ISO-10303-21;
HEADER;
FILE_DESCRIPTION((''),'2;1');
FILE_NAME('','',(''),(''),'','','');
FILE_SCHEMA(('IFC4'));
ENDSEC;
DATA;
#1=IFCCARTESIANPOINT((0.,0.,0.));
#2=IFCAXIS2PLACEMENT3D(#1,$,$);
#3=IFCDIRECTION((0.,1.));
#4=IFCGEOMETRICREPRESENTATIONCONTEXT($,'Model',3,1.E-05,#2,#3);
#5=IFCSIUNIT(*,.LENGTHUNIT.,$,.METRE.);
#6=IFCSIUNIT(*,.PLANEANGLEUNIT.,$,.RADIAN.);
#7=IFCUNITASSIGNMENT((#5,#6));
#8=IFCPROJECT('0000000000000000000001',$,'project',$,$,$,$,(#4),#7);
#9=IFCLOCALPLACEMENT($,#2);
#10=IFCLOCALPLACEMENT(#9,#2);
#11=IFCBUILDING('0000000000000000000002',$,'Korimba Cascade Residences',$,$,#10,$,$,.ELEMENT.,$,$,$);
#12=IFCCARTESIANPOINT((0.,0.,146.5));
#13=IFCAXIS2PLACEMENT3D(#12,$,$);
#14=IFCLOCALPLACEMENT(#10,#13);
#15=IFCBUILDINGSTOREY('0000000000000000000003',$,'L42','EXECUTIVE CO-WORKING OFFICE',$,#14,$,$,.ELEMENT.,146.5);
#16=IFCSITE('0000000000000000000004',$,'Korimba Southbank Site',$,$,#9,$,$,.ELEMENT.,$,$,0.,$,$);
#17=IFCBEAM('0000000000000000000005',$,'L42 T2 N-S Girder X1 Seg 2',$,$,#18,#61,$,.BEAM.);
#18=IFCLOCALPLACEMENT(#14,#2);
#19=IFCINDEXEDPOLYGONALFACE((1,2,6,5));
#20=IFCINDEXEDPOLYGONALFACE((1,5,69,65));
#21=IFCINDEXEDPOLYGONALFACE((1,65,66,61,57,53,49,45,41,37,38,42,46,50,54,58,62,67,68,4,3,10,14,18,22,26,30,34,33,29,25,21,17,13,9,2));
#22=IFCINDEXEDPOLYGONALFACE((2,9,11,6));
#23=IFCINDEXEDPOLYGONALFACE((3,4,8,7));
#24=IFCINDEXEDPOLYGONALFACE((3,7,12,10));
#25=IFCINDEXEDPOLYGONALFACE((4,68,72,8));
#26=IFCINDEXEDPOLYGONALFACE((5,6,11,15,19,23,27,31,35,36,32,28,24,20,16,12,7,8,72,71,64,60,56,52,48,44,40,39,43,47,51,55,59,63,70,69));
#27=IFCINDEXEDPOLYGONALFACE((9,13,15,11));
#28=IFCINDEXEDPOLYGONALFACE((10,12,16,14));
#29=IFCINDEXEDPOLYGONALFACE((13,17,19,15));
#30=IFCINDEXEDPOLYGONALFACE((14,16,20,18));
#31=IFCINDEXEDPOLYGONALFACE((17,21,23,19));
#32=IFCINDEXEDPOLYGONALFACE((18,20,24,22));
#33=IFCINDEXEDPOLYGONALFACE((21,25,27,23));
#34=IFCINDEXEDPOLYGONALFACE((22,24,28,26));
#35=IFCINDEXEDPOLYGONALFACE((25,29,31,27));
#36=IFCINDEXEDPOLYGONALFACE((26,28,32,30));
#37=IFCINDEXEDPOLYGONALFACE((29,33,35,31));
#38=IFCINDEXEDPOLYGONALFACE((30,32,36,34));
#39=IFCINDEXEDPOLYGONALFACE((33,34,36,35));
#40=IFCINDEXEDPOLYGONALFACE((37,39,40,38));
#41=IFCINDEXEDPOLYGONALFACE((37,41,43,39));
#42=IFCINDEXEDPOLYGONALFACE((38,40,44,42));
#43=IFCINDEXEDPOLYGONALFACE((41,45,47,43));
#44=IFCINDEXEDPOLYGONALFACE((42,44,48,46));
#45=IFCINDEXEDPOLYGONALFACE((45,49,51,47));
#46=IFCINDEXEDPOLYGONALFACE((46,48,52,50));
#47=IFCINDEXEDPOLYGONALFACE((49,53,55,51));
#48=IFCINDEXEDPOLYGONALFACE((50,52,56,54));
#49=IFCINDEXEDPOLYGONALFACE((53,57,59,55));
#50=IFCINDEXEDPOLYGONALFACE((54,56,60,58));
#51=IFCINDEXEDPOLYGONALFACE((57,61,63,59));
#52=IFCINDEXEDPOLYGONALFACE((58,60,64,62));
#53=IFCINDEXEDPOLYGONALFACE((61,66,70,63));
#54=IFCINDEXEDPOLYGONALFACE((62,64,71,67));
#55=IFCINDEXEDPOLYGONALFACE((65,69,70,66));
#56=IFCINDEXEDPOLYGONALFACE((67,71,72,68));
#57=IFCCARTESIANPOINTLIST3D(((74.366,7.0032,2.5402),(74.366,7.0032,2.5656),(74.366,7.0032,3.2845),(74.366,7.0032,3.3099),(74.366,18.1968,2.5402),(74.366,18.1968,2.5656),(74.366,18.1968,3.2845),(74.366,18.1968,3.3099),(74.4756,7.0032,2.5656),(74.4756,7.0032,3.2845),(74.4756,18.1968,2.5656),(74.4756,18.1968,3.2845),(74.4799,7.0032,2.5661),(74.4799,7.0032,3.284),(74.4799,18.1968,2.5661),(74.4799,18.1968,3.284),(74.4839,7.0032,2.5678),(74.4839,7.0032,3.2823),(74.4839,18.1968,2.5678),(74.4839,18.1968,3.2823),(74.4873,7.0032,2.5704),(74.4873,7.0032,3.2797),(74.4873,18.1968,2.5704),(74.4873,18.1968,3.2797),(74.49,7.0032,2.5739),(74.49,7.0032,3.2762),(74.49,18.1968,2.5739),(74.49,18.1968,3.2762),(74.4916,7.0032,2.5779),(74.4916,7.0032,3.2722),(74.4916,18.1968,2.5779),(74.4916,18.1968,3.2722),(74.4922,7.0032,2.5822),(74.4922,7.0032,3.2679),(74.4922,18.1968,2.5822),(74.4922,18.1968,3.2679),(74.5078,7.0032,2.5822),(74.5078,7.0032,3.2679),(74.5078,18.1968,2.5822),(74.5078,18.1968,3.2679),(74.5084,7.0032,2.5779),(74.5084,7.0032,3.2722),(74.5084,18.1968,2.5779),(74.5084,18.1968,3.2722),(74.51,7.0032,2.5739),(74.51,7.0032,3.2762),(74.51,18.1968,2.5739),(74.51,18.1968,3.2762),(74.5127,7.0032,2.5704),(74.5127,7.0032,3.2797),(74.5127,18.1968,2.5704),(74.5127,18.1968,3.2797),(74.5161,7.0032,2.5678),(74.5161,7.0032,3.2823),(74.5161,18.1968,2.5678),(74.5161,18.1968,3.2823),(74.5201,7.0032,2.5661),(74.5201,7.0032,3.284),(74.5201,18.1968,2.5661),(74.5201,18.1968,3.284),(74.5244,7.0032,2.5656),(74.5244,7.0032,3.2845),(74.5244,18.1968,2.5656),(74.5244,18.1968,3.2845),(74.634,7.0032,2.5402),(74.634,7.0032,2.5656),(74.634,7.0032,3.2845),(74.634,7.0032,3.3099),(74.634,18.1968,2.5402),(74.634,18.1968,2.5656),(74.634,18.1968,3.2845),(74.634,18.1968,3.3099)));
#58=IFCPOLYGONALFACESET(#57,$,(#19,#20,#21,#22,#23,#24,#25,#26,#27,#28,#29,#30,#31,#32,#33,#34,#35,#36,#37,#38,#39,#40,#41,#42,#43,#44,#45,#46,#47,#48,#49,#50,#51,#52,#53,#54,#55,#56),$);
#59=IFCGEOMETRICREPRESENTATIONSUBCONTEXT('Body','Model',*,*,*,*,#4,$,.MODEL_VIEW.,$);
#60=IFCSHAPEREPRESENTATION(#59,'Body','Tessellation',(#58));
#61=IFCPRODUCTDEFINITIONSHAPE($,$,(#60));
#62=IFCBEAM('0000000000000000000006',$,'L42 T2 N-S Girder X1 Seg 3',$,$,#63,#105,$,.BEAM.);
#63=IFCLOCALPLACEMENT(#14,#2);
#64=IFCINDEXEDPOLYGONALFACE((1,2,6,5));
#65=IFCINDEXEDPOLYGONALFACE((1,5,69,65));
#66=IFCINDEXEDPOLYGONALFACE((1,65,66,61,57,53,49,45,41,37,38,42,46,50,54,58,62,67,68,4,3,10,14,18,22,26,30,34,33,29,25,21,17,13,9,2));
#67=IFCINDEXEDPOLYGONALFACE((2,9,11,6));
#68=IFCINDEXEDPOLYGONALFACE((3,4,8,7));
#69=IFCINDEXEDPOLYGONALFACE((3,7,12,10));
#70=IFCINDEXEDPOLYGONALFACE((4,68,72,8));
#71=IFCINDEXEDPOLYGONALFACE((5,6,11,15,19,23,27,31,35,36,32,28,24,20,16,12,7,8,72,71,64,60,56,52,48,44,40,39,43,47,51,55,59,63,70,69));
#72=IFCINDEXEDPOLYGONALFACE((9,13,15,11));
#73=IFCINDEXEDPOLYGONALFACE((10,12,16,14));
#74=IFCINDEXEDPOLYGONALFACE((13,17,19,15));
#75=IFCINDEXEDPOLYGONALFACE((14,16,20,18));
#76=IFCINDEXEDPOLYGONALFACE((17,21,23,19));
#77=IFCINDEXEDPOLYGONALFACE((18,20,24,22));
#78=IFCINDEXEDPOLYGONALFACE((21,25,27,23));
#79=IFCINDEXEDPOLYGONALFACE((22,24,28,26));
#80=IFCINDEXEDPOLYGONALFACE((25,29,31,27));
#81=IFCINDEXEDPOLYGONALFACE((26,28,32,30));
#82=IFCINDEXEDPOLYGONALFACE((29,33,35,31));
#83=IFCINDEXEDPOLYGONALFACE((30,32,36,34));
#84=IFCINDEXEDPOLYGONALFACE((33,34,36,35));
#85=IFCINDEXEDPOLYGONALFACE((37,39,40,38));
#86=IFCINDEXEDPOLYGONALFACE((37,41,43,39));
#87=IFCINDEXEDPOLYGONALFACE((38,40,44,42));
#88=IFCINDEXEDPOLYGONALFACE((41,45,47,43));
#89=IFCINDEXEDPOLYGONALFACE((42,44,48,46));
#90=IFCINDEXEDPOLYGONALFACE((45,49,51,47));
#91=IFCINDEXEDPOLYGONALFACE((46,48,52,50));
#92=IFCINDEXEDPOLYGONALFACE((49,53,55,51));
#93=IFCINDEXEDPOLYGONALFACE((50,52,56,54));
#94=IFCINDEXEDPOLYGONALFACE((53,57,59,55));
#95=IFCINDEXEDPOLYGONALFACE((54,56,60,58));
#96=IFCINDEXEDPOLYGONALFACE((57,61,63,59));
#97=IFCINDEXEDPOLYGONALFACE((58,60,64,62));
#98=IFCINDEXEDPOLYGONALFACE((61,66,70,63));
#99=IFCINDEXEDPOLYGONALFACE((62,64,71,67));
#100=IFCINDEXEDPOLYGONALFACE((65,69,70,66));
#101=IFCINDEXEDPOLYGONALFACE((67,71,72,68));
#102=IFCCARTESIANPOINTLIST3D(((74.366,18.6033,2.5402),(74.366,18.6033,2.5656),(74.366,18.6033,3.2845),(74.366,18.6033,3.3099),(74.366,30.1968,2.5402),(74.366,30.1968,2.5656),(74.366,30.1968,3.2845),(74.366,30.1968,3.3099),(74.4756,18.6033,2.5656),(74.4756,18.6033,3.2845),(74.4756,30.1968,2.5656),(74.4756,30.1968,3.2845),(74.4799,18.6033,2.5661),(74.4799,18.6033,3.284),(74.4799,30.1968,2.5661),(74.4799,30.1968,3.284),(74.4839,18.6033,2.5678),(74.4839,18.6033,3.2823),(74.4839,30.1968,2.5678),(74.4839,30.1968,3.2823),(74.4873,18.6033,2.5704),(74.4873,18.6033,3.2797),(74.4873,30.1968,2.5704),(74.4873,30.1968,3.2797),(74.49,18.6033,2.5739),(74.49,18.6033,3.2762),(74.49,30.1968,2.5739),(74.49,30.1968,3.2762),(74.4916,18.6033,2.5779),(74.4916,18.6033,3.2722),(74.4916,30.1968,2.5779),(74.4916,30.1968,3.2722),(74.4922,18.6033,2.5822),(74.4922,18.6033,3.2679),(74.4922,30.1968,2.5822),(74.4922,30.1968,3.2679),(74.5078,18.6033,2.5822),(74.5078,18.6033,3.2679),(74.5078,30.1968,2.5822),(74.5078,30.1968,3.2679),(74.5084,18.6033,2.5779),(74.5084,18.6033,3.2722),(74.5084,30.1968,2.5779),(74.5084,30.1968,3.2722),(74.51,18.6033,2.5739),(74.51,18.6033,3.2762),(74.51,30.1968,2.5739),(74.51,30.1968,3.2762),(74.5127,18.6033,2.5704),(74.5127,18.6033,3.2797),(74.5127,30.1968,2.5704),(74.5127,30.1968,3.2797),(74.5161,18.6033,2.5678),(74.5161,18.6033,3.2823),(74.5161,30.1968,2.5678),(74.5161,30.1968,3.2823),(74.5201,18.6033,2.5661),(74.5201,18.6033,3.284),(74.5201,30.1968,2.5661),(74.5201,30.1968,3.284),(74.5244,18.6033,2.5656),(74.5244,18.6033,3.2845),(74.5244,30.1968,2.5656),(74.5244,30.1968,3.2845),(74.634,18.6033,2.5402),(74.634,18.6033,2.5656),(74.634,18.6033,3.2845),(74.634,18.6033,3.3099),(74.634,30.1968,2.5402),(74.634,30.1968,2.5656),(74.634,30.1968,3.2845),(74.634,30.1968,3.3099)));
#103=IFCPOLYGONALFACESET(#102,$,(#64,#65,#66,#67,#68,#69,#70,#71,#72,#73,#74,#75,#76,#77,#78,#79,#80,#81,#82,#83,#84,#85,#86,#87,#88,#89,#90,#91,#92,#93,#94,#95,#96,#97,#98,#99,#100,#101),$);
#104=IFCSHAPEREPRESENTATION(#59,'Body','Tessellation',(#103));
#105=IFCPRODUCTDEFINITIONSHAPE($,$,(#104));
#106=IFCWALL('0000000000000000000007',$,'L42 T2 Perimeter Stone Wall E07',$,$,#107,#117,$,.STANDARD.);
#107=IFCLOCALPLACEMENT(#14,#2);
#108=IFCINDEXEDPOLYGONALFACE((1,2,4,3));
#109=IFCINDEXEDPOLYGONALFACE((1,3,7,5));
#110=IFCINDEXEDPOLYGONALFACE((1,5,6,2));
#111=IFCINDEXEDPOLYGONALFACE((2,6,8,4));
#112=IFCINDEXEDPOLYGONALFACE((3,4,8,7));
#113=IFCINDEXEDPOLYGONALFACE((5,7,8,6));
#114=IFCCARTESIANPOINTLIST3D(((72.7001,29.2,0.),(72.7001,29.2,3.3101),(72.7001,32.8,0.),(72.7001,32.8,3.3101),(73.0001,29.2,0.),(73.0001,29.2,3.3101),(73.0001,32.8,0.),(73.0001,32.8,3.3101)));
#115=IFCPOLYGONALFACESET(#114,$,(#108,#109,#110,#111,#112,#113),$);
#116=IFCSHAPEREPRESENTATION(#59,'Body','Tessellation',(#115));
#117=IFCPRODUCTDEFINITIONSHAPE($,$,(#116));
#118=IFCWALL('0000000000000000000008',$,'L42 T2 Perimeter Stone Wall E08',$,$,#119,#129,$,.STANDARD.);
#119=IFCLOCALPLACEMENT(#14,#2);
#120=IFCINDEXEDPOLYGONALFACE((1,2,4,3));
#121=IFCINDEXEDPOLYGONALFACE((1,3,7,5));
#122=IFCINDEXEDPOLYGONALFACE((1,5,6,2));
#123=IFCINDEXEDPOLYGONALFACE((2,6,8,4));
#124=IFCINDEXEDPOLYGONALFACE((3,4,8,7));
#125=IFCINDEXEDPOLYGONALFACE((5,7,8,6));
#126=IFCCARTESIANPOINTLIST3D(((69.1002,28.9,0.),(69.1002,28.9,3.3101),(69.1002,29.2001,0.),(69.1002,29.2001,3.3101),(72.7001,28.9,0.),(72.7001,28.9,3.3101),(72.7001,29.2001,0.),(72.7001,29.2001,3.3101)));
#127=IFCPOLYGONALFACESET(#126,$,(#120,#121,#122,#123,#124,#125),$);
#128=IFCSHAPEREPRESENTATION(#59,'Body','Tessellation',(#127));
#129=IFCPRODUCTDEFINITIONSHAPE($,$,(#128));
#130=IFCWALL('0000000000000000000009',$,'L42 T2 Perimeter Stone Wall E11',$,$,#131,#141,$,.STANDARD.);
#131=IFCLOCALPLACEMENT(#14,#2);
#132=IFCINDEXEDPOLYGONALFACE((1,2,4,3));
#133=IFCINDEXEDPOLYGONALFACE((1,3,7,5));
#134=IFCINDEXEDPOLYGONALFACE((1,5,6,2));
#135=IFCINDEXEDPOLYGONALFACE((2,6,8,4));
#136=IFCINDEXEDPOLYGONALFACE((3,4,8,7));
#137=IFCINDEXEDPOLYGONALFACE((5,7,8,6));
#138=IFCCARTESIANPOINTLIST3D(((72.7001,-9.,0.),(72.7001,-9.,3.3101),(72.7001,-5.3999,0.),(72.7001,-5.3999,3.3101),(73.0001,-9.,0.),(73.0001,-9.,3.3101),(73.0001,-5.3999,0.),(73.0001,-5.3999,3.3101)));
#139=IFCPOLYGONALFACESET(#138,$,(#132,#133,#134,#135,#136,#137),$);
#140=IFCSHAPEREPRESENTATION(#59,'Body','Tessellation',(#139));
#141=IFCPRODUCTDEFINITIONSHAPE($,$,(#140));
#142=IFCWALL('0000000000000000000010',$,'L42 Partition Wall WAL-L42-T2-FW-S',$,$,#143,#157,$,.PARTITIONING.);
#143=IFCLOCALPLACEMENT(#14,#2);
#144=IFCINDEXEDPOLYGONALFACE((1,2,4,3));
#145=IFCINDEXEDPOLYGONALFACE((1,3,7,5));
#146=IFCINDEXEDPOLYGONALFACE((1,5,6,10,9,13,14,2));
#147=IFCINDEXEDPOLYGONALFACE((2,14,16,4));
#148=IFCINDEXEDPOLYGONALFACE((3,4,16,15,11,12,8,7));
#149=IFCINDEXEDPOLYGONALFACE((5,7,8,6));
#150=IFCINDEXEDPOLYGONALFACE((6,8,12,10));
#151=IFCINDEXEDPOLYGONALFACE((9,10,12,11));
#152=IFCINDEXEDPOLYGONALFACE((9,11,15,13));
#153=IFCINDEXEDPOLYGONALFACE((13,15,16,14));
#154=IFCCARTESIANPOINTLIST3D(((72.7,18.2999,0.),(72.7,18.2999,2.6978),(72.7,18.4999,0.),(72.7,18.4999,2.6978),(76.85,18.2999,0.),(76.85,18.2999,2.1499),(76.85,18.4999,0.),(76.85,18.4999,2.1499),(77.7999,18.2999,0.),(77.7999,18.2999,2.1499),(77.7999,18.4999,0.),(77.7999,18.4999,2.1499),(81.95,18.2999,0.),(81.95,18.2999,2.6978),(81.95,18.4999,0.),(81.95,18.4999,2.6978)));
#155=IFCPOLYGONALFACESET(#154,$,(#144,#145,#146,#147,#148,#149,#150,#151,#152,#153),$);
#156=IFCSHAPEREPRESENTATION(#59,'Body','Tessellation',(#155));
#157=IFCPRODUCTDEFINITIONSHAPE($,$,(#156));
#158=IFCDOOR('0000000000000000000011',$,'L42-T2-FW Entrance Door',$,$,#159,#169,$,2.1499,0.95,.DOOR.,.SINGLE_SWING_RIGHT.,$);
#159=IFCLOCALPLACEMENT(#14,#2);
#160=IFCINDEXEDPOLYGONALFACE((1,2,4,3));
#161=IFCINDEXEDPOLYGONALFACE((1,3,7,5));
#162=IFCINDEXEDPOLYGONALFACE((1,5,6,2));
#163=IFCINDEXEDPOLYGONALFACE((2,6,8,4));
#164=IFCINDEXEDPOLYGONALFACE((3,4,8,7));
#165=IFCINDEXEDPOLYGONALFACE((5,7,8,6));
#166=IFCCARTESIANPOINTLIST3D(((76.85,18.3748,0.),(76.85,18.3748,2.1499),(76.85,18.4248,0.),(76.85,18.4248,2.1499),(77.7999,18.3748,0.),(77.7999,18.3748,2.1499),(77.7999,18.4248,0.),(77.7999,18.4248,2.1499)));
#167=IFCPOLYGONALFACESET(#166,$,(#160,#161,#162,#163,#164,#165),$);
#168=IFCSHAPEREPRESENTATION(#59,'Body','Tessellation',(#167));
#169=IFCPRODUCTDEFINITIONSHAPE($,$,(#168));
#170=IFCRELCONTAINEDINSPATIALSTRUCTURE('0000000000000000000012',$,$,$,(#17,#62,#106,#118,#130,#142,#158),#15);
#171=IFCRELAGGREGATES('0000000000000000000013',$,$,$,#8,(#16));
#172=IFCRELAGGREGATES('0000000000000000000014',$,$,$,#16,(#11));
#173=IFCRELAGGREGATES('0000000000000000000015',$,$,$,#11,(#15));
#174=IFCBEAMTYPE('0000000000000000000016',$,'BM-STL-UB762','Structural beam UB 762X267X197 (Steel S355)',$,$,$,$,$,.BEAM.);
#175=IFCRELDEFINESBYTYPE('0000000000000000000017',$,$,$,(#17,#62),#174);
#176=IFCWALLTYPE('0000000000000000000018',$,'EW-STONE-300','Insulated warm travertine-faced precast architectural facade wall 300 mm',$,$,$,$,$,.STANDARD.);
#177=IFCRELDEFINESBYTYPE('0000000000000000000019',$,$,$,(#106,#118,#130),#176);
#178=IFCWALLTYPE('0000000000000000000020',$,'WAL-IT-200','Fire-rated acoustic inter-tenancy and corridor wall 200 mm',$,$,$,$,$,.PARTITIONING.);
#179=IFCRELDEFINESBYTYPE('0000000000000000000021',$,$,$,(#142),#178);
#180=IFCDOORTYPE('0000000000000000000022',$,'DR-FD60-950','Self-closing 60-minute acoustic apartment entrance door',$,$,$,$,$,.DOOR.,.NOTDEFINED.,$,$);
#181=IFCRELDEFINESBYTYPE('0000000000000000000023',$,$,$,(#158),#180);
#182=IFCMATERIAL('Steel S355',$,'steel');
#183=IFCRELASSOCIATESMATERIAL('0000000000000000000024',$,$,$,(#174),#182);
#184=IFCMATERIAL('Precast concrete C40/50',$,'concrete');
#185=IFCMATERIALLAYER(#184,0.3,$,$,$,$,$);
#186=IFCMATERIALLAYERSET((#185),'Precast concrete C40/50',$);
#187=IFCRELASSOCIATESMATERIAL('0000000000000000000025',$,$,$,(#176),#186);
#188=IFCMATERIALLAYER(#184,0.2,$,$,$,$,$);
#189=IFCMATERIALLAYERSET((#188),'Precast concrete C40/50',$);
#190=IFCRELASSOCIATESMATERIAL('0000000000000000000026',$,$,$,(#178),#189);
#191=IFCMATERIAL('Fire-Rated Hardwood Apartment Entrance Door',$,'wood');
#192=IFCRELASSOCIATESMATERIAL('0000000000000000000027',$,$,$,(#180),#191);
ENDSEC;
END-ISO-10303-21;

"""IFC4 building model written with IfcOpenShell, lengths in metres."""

from ifc_helpers import new_model, si_unit, direction, frame, frame_2d, origin, origin_2d, place, context, subcontext, project, spatial, rectangle, i_section, extrude, material, layer, layer_set, material_profile, profile_set, type_object, element, fill, save


model = new_model("IFC4")

# Units and contexts
model_context = context("Model", 3, precision=1e-05, world=origin(), true_north=direction((0.0, 1.0)))
body_context = subcontext(model_context, "Body", "Model", "MODEL_VIEW")
ifc_project = project(units=[si_unit("LENGTHUNIT", "METRE"), si_unit("PLANEANGLEUNIT", "RADIAN")], contexts=[model_context])

# Site, building, storey
site_placement = place(None, origin())
site = spatial("IfcSite", under=ifc_project, at=site_placement, Name="Korimba Southbank Site", CompositionType="ELEMENT", RefElevation=0.0)
building_placement = place(site_placement, origin())
building = spatial("IfcBuilding", under=site, at=building_placement, Name="Korimba Cascade Residences", CompositionType="ELEMENT")
storey_placement = place(building_placement, frame((0.0, 0.0, 146.5)))
storey = spatial("IfcBuildingStorey", under=building, at=storey_placement, Name="L42", Description="EXECUTIVE CO-WORKING OFFICE", CompositionType="ELEMENT", Elevation=146.5)

# Beams
ifc_material_1 = material(Name="Steel S355", Category="steel")
ifc_material_profile_1 = material_profile(ifc_material_1, i_section(OverallWidth=0.2681, OverallDepth=0.7698, WebThickness=0.0156, FlangeThickness=0.0254, FilletRadius=0.0166, at=origin_2d()), Name="Steel S355")
ifc_profile_set_1 = profile_set([ifc_material_profile_1], Name="Steel S355")
beam_type = type_object("IfcBeamType", Name="BM-STL-UB762", Description="Structural beam UB 762X267X197 (Steel S355)", PredefinedType="BEAM", material=ifc_profile_set_1)
beam_1_placement = place(storey_placement, frame((74.5, 7.0032, 2.925), z_axis=(0.0, 1.0, 0.0), x_axis=(-1.0, 0.0, 0.0)))
element("IfcBeam", 1, at=beam_1_placement, inside=storey, type_object=beam_type, Name="L42 T2 N-S Girder X1 Seg 2", PredefinedType="BEAM", context=body_context, shape_type="SweptSolid", body=[
    extrude(i_section(OverallWidth=0.2681, OverallDepth=0.7698, WebThickness=0.0156, FlangeThickness=0.0254, FilletRadius=0.0166, at=origin_2d()), origin(), (0.0, 0.0, 1.0), 11.1936),
])
beam_2_placement = place(storey_placement, frame((74.5, 18.6033, 2.925), z_axis=(0.0, 1.0, 0.0), x_axis=(-1.0, 0.0, 0.0)))
element("IfcBeam", 2, at=beam_2_placement, inside=storey, type_object=beam_type, Name="L42 T2 N-S Girder X1 Seg 3", PredefinedType="BEAM", context=body_context, shape_type="SweptSolid", body=[
    extrude(i_section(OverallWidth=0.2681, OverallDepth=0.7698, WebThickness=0.0156, FlangeThickness=0.0254, FilletRadius=0.0166, at=origin_2d()), origin(), (0.0, 0.0, 1.0), 11.5935),
])

# Walls
ifc_material_2 = material(Name="Precast concrete C40/50", Category="concrete")
ifc_layer_1 = layer(ifc_material_2, 0.3)
ifc_layer_set_1 = layer_set([ifc_layer_1], Name="Precast concrete C40/50")
wall_type_1 = type_object("IfcWallType", Name="EW-STONE-300", Description="Insulated warm travertine-faced precast architectural facade wall 300 mm", PredefinedType="STANDARD", material=ifc_layer_set_1)
wall_1_placement = place(storey_placement, frame((72.8501, 32.8, 0.0), z_axis=(0.0, 0.0, 1.0), x_axis=(0.0, -1.0, 0.0)))
element("IfcWall", 3, at=wall_1_placement, inside=storey, type_object=wall_type_1, Name="L42 T2 Perimeter Stone Wall E07", PredefinedType="STANDARD", context=body_context, shape_type="SweptSolid", body=[
    extrude(rectangle(XDim=3.6001, YDim=0.3, at=frame_2d((1.8, 0.0))), origin(), (0.0, 0.0, 1.0), 3.3101),
])
wall_2_placement = place(storey_placement, frame((72.7, 29.05, 0.0), z_axis=(0.0, 0.0, 1.0), x_axis=(-1.0, 0.0, 0.0)))
element("IfcWall", 4, at=wall_2_placement, inside=storey, type_object=wall_type_1, Name="L42 T2 Perimeter Stone Wall E08", PredefinedType="STANDARD", context=body_context, shape_type="SweptSolid", body=[
    extrude(rectangle(XDim=3.5999, YDim=0.3, at=frame_2d((1.7998, 0.0))), origin(), (0.0, 0.0, 1.0), 3.3101),
])
wall_3_placement = place(storey_placement, frame((72.8501, -5.3999, 0.0), z_axis=(0.0, 0.0, 1.0), x_axis=(0.0, -1.0, 0.0)))
element("IfcWall", 5, at=wall_3_placement, inside=storey, type_object=wall_type_1, Name="L42 T2 Perimeter Stone Wall E11", PredefinedType="STANDARD", context=body_context, shape_type="SweptSolid", body=[
    extrude(rectangle(XDim=3.6001, YDim=0.3, at=frame_2d((1.8, 0.0))), origin(), (0.0, 0.0, 1.0), 3.3101),
])

# Wall, opening, door
ifc_layer_2 = layer(ifc_material_2, 0.2)
ifc_layer_set_2 = layer_set([ifc_layer_2], Name="Precast concrete C40/50")
wall_type_2 = type_object("IfcWallType", Name="WAL-IT-200", Description="Fire-rated acoustic inter-tenancy and corridor wall 200 mm", PredefinedType="PARTITIONING", material=ifc_layer_set_2)
wall_4_placement = place(storey_placement, frame((72.7, 18.3999, 0.0), z_axis=(0.0, 0.0, 1.0), x_axis=(1.0, 0.0, 0.0)))
wall_4 = element("IfcWall", 6, at=wall_4_placement, inside=storey, type_object=wall_type_2, Name="L42 Partition Wall WAL-L42-T2-FW-S", PredefinedType="PARTITIONING", context=body_context, shape_type="SweptSolid", body=[
    extrude(rectangle(XDim=9.25, YDim=0.2, at=frame_2d((4.625, 0.0))), origin(), (0.0, 0.0, 1.0), 2.6978),
])
opening_1_placement = place(wall_4_placement, frame((4.1499, 0.0, 0.0)))
opening_1 = element("IfcOpeningElement", 7, at=opening_1_placement, cuts=wall_4, PredefinedType="OPENING", context=body_context, shape_type="SweptSolid", body=[
    extrude(rectangle(XDim=0.95, YDim=2.1499, at=frame_2d((0.4751, 1.075))), frame((0.0, 0.1099, 0.0), z_axis=(0.0, -1.0, 0.0), x_axis=(1.0, 0.0, 0.0)), (0.0, 0.0, 1.0), 0.22),
])
ifc_material_3 = material(Name="Fire-Rated Hardwood Apartment Entrance Door", Category="wood")
door_type_1 = type_object("IfcDoorType", Name="DR-FD60-950", Description="Self-closing 60-minute acoustic apartment entrance door", OperationType="NOTDEFINED", PredefinedType="DOOR", material=ifc_material_3)
door_1_placement = place(opening_1_placement, origin())
door_1 = element("IfcDoor", 8, at=door_1_placement, inside=storey, type_object=door_type_1, Name="L42-T2-FW Entrance Door", OperationType="SINGLE_SWING_RIGHT", OverallHeight=2.1499, OverallWidth=0.95, PredefinedType="DOOR", context=body_context, shape_type="SweptSolid", body=[
    extrude(rectangle(XDim=0.95, YDim=2.1499, at=frame_2d((0.4751, 1.075))), frame((0.0, 0.0249, 0.0), z_axis=(0.0, -1.0, 0.0), x_axis=(1.0, 0.0, 0.0)), (0.0, 0.0, 1.0), 0.05),
])
fill(opening_1, door_1)

save(model, "model.ifc")
